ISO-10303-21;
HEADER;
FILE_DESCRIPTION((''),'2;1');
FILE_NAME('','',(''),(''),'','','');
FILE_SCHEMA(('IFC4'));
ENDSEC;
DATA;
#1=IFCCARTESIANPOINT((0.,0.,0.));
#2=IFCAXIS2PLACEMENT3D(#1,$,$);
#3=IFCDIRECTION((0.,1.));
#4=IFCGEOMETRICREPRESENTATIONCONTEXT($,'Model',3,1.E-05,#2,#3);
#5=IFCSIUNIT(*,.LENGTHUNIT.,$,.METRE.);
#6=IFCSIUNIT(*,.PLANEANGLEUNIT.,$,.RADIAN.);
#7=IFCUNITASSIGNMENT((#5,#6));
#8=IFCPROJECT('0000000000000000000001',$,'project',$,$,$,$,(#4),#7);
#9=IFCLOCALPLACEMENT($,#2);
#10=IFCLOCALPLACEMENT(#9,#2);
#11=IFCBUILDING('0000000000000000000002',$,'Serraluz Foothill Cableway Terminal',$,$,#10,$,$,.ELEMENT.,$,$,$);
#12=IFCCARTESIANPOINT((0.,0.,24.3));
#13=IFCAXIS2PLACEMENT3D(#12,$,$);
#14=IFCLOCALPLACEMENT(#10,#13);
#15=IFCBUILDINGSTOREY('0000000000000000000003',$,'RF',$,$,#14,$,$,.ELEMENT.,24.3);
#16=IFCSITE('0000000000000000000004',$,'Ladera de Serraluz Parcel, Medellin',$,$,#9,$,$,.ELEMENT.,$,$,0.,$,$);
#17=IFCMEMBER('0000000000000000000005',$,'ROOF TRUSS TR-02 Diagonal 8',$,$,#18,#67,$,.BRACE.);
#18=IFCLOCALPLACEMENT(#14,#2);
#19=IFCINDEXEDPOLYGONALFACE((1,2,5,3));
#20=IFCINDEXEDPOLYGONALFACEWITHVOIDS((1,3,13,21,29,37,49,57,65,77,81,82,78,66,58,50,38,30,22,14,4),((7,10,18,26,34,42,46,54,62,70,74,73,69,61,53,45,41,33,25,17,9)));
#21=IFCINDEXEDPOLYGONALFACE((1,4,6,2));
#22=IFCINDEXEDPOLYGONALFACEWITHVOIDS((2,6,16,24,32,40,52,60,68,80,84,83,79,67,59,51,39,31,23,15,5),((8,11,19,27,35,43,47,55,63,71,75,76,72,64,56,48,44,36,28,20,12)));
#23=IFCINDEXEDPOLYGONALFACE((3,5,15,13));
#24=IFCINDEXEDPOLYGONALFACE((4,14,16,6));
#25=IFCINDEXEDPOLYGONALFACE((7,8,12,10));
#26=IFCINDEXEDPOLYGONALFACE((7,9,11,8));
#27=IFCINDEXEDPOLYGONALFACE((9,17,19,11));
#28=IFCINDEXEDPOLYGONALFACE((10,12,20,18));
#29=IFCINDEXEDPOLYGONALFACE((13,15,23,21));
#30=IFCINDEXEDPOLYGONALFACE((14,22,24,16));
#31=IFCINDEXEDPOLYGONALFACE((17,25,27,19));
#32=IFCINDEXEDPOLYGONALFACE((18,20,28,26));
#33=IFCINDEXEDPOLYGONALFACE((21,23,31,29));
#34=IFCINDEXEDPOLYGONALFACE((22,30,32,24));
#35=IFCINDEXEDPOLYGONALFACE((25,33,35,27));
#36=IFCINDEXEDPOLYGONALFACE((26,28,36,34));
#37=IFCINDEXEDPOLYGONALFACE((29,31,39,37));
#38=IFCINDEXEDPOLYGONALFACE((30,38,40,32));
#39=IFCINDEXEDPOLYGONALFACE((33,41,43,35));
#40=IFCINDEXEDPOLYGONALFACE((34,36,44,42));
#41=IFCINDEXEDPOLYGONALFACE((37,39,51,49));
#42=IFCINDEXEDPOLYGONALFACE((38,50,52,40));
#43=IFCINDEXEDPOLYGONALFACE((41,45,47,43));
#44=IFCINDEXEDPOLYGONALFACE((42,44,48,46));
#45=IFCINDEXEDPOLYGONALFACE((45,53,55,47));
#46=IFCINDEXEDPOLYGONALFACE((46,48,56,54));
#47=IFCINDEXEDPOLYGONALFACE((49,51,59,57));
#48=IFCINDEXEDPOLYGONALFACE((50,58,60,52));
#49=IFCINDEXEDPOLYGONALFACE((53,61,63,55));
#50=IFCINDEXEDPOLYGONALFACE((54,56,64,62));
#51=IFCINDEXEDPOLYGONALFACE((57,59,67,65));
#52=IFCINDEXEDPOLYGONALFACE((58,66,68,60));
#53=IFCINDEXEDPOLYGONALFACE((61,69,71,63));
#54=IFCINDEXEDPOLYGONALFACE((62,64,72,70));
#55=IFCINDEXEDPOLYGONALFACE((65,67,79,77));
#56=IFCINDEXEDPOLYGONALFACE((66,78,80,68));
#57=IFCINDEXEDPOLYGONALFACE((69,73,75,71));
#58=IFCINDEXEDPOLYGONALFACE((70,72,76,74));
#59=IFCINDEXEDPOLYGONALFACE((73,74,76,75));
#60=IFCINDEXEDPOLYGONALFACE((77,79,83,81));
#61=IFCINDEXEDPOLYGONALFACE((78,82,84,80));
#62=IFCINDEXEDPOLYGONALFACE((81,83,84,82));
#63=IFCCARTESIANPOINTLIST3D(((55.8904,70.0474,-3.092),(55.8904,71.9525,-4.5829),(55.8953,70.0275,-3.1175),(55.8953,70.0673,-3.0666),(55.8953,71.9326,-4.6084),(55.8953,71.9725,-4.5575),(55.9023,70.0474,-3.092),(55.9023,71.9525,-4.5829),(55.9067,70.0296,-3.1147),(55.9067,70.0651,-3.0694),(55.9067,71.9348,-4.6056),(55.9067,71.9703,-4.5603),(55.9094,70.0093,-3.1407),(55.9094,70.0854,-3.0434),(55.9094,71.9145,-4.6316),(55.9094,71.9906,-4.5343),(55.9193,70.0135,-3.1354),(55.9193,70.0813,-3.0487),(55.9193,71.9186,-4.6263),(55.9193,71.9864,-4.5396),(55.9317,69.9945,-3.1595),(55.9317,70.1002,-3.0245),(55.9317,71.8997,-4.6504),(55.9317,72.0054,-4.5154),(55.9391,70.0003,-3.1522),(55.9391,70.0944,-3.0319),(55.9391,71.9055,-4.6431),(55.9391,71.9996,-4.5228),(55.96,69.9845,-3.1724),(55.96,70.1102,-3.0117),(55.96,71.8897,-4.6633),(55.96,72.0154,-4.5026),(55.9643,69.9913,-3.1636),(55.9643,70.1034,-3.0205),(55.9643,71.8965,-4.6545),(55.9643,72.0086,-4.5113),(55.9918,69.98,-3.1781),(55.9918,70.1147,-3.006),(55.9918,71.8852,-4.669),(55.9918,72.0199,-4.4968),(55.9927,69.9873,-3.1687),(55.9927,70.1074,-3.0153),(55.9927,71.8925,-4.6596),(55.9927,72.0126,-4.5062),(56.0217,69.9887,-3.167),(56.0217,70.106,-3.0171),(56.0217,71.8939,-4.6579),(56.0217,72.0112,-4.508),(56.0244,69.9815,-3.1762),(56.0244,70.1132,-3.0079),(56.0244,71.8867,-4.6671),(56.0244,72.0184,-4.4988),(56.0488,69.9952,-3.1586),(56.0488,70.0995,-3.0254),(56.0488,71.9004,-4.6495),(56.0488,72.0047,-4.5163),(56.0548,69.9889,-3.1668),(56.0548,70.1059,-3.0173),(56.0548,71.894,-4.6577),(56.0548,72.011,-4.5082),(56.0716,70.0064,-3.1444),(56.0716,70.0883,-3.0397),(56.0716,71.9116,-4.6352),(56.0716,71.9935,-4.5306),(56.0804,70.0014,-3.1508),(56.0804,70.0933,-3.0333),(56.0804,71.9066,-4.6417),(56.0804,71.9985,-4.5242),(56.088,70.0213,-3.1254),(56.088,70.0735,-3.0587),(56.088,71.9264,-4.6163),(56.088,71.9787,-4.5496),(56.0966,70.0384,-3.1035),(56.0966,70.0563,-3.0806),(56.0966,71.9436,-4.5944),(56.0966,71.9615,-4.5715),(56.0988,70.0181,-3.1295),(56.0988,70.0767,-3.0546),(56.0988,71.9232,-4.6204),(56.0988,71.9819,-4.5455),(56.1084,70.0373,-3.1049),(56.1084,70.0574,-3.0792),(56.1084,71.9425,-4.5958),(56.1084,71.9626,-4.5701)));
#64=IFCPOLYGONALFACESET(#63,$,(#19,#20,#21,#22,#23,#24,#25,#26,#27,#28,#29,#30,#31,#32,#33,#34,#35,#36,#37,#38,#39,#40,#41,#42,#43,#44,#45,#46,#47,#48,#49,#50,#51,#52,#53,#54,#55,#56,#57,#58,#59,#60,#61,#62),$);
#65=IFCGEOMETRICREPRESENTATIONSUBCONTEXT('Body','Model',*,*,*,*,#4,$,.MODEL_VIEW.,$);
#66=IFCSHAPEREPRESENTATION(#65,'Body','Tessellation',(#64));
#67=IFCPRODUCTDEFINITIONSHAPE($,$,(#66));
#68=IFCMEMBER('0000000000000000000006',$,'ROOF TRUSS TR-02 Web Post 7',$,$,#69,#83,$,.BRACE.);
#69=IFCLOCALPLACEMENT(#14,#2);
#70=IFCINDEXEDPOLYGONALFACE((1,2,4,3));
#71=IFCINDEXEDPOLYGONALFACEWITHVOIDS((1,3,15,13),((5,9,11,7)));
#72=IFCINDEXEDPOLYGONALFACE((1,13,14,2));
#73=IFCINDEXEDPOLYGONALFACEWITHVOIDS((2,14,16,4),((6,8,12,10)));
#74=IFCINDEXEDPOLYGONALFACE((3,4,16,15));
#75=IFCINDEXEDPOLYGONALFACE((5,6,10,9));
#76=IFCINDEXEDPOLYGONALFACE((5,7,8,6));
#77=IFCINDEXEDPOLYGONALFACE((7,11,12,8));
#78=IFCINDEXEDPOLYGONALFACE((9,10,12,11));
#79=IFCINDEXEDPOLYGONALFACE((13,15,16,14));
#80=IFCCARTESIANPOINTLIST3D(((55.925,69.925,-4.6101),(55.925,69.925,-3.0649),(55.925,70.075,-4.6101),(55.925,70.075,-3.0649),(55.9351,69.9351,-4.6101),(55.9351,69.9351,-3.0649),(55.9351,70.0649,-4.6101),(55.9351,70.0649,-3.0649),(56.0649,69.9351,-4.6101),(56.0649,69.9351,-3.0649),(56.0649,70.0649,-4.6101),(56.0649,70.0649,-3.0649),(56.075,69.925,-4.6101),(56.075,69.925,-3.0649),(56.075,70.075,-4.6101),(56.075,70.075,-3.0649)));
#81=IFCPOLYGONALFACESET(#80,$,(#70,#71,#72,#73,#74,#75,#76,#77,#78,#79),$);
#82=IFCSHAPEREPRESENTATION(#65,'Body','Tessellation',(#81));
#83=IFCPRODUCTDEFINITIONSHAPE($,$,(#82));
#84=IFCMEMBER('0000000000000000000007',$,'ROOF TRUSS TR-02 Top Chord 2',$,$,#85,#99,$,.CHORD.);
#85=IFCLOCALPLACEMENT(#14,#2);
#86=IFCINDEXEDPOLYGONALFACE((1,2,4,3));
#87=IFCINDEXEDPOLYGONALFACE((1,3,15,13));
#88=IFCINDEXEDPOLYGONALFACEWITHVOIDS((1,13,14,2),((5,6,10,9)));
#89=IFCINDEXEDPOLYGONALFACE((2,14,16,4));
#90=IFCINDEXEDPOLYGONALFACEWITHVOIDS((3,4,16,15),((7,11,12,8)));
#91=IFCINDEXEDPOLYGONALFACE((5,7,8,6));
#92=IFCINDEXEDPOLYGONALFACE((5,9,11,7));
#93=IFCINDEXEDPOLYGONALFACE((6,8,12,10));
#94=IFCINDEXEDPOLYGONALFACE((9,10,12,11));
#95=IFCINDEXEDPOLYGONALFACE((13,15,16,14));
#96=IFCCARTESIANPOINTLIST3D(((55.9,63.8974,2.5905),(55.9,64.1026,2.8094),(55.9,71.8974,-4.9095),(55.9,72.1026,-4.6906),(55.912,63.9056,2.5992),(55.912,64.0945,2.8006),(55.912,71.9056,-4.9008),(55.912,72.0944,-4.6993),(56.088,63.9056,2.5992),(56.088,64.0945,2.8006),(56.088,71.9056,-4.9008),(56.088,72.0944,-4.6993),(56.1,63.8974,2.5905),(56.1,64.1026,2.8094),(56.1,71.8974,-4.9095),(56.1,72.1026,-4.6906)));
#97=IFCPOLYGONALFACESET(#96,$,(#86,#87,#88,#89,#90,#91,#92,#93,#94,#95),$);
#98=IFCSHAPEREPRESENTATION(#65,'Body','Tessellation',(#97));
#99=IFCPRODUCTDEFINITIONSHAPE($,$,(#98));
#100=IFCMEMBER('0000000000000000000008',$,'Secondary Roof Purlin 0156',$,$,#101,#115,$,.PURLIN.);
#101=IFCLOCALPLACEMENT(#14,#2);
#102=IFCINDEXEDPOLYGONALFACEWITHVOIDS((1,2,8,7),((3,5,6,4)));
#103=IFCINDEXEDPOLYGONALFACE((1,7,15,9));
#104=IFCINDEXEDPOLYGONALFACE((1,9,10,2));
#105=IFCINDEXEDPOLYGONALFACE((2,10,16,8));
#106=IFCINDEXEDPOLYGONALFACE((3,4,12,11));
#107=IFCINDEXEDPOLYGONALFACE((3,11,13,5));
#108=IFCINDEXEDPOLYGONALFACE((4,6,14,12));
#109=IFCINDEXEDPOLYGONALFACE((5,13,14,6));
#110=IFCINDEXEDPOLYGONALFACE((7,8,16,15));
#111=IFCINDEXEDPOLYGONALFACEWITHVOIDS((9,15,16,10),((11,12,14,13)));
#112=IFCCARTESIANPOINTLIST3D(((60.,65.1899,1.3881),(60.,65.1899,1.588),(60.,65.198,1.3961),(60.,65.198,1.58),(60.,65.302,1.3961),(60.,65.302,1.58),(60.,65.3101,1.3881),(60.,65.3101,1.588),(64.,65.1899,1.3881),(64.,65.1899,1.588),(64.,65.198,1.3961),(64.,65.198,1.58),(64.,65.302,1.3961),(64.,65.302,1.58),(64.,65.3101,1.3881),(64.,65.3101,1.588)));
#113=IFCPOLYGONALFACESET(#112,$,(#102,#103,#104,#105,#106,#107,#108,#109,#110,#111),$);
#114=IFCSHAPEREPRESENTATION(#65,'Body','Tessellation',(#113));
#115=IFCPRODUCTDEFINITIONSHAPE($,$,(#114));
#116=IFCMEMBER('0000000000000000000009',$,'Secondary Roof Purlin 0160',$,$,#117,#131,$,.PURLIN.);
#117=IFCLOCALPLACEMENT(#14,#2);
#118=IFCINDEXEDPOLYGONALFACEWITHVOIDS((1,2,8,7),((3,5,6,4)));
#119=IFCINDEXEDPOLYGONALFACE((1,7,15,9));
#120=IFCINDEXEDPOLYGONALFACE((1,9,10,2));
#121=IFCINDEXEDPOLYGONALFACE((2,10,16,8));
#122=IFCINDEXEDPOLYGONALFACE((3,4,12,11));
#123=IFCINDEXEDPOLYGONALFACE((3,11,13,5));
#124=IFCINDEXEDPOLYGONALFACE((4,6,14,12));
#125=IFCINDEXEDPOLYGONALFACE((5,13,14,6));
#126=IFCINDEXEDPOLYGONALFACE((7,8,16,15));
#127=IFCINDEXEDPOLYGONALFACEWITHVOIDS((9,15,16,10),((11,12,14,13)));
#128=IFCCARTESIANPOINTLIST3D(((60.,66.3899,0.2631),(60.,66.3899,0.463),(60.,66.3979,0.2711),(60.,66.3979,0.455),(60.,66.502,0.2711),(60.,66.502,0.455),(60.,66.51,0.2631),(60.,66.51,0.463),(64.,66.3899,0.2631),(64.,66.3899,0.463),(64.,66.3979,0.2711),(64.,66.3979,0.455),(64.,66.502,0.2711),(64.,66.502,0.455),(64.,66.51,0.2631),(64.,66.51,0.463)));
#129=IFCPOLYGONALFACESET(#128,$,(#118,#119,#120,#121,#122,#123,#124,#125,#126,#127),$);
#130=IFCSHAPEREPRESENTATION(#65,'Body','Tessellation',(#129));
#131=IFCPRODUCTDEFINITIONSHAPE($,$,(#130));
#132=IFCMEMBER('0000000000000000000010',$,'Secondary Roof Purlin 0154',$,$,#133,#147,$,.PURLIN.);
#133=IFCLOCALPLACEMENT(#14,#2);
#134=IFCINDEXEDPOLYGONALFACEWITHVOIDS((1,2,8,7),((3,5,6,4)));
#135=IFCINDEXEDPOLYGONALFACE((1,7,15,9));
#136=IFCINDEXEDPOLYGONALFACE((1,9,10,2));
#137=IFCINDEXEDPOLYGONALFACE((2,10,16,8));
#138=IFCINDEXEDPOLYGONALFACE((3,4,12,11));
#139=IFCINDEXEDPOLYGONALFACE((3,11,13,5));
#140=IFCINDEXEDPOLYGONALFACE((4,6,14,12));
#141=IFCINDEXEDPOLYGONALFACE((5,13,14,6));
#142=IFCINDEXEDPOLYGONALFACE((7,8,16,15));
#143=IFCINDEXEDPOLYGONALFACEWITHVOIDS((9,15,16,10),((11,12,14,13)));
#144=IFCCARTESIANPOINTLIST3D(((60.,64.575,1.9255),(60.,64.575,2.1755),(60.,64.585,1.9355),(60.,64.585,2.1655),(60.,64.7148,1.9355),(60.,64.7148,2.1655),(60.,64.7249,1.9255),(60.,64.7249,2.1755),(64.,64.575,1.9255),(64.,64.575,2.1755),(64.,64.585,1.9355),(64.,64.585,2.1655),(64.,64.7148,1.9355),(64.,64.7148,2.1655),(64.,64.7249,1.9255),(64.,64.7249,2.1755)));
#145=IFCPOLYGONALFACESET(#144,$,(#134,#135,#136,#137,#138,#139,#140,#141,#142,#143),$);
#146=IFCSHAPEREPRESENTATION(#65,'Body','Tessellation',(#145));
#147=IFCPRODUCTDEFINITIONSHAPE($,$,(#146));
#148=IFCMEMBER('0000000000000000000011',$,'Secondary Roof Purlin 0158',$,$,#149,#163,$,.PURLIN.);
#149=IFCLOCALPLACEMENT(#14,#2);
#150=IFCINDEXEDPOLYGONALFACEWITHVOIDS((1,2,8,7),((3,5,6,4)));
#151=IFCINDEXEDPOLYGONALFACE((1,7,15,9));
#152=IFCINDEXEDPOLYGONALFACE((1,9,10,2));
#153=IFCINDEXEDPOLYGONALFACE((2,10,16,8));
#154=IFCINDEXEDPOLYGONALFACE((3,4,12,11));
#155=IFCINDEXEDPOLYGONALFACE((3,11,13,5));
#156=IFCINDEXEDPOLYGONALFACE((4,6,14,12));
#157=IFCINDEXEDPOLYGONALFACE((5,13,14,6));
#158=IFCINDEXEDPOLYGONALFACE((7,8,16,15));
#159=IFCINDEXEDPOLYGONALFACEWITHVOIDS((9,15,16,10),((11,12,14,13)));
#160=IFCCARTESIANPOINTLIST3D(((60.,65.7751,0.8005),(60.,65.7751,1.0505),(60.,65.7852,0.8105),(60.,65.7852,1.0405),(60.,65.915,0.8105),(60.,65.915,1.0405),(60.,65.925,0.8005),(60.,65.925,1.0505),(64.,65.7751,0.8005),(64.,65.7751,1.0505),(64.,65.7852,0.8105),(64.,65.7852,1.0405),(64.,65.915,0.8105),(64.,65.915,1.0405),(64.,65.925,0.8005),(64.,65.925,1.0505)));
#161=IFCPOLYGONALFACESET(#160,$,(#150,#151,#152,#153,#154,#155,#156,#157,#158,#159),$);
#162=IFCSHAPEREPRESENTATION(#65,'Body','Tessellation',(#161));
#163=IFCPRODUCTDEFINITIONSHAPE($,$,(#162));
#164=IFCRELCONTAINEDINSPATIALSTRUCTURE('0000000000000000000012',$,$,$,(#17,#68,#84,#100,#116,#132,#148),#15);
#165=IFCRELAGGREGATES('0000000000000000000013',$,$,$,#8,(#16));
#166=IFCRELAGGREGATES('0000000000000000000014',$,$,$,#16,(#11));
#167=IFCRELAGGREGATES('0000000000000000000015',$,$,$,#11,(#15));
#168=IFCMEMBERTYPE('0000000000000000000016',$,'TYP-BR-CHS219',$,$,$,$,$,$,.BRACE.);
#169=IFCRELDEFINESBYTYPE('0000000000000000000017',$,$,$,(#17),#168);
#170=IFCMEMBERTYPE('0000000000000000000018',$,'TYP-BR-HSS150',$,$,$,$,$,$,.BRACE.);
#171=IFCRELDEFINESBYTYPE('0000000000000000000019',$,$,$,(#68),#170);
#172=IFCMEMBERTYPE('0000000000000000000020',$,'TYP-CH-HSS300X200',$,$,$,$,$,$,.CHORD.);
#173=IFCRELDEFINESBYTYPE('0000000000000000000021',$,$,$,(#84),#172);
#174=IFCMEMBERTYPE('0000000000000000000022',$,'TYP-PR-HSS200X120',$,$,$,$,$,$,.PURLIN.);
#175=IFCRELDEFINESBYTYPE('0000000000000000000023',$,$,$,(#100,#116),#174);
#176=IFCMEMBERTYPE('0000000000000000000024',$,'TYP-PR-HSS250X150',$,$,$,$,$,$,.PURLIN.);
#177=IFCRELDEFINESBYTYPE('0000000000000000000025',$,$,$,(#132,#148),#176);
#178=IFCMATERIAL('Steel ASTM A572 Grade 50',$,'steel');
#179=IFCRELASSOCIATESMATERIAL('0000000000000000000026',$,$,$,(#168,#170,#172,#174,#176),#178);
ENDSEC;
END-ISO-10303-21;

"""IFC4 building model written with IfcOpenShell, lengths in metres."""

from ifc_helpers import new_model, si_unit, direction, frame, origin, origin_2d, place, context, subcontext, project, spatial, hollow_rectangle, hollow_circle, extrude, material, material_profile, profile_set, type_object, element, save


model = new_model("IFC4")

# Units and contexts
model_context = context("Model", 3, precision=1e-05, world=origin(), true_north=direction((0.0, 1.0)))
body_context = subcontext(model_context, "Body", "Model", "MODEL_VIEW")
ifc_project = project(units=[si_unit("LENGTHUNIT", "METRE"), si_unit("PLANEANGLEUNIT", "RADIAN")], contexts=[model_context])

# Site, building, storey
site_placement = place(None, origin())
site = spatial("IfcSite", under=ifc_project, at=site_placement, Name="Ladera de Serraluz Parcel, Medellin", CompositionType="ELEMENT", RefElevation=0.0)
building_placement = place(site_placement, origin())
building = spatial("IfcBuilding", under=site, at=building_placement, Name="Serraluz Foothill Cableway Terminal", CompositionType="ELEMENT")
storey_placement = place(building_placement, frame((0.0, 0.0, 24.3)))
storey = spatial("IfcBuildingStorey", under=building, at=storey_placement, Name="RF", CompositionType="ELEMENT", Elevation=24.3)

# Members
ifc_material_1 = material(Name="Steel ASTM A572 Grade 50", Category="steel")
ifc_material_profile_1 = material_profile(ifc_material_1, hollow_circle(Radius=0.1096, WallThickness=0.012, at=origin_2d()), Name="CHS219X12")
ifc_profile_set_1 = profile_set([ifc_material_profile_1], Name="Steel ASTM A572 Grade 50")
member_type_1 = type_object("IfcMemberType", Name="TYP-BR-CHS219", PredefinedType="BRACE", material=ifc_profile_set_1)
member_1_placement = place(storey_placement, frame((56.0, 70.0474, -3.092), z_axis=(0.0, 0.787528, -0.616278), x_axis=(-1.0, 0.0, 0.0)))
element("IfcMember", 1, at=member_1_placement, inside=storey, type_object=member_type_1, Name="ROOF TRUSS TR-02 Diagonal 8", PredefinedType="BRACE", context=body_context, shape_type="SweptSolid", body=[
    extrude(hollow_circle(Radius=0.1096, WallThickness=0.012, at=origin_2d()), origin(), (0.0, 0.0, 1.0), 2.4192),
])
ifc_material_profile_2 = material_profile(ifc_material_1, hollow_rectangle(XDim=0.1499, YDim=0.1499, WallThickness=0.01, at=origin_2d()), Name="HSS150X150X10")
ifc_profile_set_2 = profile_set([ifc_material_profile_2], Name="Steel ASTM A572 Grade 50")
member_type_2 = type_object("IfcMemberType", Name="TYP-BR-HSS150", PredefinedType="BRACE", material=ifc_profile_set_2)
member_2_placement = place(storey_placement, frame((56.0, 70.0, -4.6101), z_axis=(0.0, 0.0, 1.0), x_axis=(1.0, 0.0, 0.0)))
element("IfcMember", 2, at=member_2_placement, inside=storey, type_object=member_type_2, Name="ROOF TRUSS TR-02 Web Post 7", PredefinedType="BRACE", context=body_context, shape_type="SweptSolid", body=[
    extrude(hollow_rectangle(XDim=0.1499, YDim=0.1499, WallThickness=0.01, at=origin_2d()), origin(), (0.0, 0.0, 1.0), 1.5452),
])
ifc_material_profile_3 = material_profile(ifc_material_1, hollow_rectangle(XDim=0.2, YDim=0.3, WallThickness=0.012, at=origin_2d()), Name="HSS300X200X12")
ifc_profile_set_3 = profile_set([ifc_material_profile_3], Name="Steel ASTM A572 Grade 50")
member_type_3 = type_object("IfcMemberType", Name="TYP-CH-HSS300X200", PredefinedType="CHORD", material=ifc_profile_set_3)
member_3_placement = place(storey_placement, frame((56.0, 72.0, -4.8), z_axis=(0.0, -0.729537, 0.683941), x_axis=(1.0, 0.0, 0.0)))
element("IfcMember", 3, at=member_3_placement, inside=storey, type_object=member_type_3, Name="ROOF TRUSS TR-02 Top Chord 2", PredefinedType="CHORD", context=body_context, shape_type="SweptSolid", body=[
    extrude(hollow_rectangle(XDim=0.2, YDim=0.3, WallThickness=0.012, at=origin_2d()), origin(), (0.0, 0.0, 1.0), 10.9658),
])
ifc_material_profile_4 = material_profile(ifc_material_1, hollow_rectangle(XDim=0.1201, YDim=0.2, WallThickness=0.0081, at=origin_2d()), Name="HSS200X120X8")
ifc_profile_set_4 = profile_set([ifc_material_profile_4], Name="Steel ASTM A572 Grade 50")
member_type_4 = type_object("IfcMemberType", Name="TYP-PR-HSS200X120", PredefinedType="PURLIN", material=ifc_profile_set_4)
for number, where, z_axis, x_axis, name in (
    (4, (60.0, 65.25, 1.488), (1.0, 0.0, 0.0), (0.0, 1.0, 0.0), "Secondary Roof Purlin 0156"),
    (5, (60.0, 66.45, 0.363), (1.0, 0.0, 0.0), (0.0, 1.0, 0.0), "Secondary Roof Purlin 0160"),
):
    element("IfcMember", number, at=place(storey_placement, frame(where, z_axis=z_axis, x_axis=x_axis)), inside=storey, type_object=member_type_4, Name=name, PredefinedType="PURLIN", context=body_context, shape_type="SweptSolid", body=[
        extrude(hollow_rectangle(XDim=0.1201, YDim=0.2, WallThickness=0.0081, at=origin_2d()), origin(), (0.0, 0.0, 1.0), 4.0),
    ])
ifc_material_profile_5 = material_profile(ifc_material_1, hollow_rectangle(XDim=0.1499, YDim=0.25, WallThickness=0.01, at=origin_2d()), Name="HSS250X150X10")
ifc_profile_set_5 = profile_set([ifc_material_profile_5], Name="Steel ASTM A572 Grade 50")
member_type_5 = type_object("IfcMemberType", Name="TYP-PR-HSS250X150", PredefinedType="PURLIN", material=ifc_profile_set_5)
for number, where, z_axis, x_axis, name in (
    (6, (60.0, 64.6499, 2.0505), (1.0, 0.0, 0.0), (0.0, 1.0, 0.0), "Secondary Roof Purlin 0154"),
    (7, (60.0, 65.8501, 0.9255), (1.0, 0.0, 0.0), (0.0, 1.0, 0.0), "Secondary Roof Purlin 0158"),
):
    element("IfcMember", number, at=place(storey_placement, frame(where, z_axis=z_axis, x_axis=x_axis)), inside=storey, type_object=member_type_5, Name=name, PredefinedType="PURLIN", context=body_context, shape_type="SweptSolid", body=[
        extrude(hollow_rectangle(XDim=0.1499, YDim=0.25, WallThickness=0.01, at=origin_2d()), origin(), (0.0, 0.0, 1.0), 4.0),
    ])

save(model, "model.ifc")
